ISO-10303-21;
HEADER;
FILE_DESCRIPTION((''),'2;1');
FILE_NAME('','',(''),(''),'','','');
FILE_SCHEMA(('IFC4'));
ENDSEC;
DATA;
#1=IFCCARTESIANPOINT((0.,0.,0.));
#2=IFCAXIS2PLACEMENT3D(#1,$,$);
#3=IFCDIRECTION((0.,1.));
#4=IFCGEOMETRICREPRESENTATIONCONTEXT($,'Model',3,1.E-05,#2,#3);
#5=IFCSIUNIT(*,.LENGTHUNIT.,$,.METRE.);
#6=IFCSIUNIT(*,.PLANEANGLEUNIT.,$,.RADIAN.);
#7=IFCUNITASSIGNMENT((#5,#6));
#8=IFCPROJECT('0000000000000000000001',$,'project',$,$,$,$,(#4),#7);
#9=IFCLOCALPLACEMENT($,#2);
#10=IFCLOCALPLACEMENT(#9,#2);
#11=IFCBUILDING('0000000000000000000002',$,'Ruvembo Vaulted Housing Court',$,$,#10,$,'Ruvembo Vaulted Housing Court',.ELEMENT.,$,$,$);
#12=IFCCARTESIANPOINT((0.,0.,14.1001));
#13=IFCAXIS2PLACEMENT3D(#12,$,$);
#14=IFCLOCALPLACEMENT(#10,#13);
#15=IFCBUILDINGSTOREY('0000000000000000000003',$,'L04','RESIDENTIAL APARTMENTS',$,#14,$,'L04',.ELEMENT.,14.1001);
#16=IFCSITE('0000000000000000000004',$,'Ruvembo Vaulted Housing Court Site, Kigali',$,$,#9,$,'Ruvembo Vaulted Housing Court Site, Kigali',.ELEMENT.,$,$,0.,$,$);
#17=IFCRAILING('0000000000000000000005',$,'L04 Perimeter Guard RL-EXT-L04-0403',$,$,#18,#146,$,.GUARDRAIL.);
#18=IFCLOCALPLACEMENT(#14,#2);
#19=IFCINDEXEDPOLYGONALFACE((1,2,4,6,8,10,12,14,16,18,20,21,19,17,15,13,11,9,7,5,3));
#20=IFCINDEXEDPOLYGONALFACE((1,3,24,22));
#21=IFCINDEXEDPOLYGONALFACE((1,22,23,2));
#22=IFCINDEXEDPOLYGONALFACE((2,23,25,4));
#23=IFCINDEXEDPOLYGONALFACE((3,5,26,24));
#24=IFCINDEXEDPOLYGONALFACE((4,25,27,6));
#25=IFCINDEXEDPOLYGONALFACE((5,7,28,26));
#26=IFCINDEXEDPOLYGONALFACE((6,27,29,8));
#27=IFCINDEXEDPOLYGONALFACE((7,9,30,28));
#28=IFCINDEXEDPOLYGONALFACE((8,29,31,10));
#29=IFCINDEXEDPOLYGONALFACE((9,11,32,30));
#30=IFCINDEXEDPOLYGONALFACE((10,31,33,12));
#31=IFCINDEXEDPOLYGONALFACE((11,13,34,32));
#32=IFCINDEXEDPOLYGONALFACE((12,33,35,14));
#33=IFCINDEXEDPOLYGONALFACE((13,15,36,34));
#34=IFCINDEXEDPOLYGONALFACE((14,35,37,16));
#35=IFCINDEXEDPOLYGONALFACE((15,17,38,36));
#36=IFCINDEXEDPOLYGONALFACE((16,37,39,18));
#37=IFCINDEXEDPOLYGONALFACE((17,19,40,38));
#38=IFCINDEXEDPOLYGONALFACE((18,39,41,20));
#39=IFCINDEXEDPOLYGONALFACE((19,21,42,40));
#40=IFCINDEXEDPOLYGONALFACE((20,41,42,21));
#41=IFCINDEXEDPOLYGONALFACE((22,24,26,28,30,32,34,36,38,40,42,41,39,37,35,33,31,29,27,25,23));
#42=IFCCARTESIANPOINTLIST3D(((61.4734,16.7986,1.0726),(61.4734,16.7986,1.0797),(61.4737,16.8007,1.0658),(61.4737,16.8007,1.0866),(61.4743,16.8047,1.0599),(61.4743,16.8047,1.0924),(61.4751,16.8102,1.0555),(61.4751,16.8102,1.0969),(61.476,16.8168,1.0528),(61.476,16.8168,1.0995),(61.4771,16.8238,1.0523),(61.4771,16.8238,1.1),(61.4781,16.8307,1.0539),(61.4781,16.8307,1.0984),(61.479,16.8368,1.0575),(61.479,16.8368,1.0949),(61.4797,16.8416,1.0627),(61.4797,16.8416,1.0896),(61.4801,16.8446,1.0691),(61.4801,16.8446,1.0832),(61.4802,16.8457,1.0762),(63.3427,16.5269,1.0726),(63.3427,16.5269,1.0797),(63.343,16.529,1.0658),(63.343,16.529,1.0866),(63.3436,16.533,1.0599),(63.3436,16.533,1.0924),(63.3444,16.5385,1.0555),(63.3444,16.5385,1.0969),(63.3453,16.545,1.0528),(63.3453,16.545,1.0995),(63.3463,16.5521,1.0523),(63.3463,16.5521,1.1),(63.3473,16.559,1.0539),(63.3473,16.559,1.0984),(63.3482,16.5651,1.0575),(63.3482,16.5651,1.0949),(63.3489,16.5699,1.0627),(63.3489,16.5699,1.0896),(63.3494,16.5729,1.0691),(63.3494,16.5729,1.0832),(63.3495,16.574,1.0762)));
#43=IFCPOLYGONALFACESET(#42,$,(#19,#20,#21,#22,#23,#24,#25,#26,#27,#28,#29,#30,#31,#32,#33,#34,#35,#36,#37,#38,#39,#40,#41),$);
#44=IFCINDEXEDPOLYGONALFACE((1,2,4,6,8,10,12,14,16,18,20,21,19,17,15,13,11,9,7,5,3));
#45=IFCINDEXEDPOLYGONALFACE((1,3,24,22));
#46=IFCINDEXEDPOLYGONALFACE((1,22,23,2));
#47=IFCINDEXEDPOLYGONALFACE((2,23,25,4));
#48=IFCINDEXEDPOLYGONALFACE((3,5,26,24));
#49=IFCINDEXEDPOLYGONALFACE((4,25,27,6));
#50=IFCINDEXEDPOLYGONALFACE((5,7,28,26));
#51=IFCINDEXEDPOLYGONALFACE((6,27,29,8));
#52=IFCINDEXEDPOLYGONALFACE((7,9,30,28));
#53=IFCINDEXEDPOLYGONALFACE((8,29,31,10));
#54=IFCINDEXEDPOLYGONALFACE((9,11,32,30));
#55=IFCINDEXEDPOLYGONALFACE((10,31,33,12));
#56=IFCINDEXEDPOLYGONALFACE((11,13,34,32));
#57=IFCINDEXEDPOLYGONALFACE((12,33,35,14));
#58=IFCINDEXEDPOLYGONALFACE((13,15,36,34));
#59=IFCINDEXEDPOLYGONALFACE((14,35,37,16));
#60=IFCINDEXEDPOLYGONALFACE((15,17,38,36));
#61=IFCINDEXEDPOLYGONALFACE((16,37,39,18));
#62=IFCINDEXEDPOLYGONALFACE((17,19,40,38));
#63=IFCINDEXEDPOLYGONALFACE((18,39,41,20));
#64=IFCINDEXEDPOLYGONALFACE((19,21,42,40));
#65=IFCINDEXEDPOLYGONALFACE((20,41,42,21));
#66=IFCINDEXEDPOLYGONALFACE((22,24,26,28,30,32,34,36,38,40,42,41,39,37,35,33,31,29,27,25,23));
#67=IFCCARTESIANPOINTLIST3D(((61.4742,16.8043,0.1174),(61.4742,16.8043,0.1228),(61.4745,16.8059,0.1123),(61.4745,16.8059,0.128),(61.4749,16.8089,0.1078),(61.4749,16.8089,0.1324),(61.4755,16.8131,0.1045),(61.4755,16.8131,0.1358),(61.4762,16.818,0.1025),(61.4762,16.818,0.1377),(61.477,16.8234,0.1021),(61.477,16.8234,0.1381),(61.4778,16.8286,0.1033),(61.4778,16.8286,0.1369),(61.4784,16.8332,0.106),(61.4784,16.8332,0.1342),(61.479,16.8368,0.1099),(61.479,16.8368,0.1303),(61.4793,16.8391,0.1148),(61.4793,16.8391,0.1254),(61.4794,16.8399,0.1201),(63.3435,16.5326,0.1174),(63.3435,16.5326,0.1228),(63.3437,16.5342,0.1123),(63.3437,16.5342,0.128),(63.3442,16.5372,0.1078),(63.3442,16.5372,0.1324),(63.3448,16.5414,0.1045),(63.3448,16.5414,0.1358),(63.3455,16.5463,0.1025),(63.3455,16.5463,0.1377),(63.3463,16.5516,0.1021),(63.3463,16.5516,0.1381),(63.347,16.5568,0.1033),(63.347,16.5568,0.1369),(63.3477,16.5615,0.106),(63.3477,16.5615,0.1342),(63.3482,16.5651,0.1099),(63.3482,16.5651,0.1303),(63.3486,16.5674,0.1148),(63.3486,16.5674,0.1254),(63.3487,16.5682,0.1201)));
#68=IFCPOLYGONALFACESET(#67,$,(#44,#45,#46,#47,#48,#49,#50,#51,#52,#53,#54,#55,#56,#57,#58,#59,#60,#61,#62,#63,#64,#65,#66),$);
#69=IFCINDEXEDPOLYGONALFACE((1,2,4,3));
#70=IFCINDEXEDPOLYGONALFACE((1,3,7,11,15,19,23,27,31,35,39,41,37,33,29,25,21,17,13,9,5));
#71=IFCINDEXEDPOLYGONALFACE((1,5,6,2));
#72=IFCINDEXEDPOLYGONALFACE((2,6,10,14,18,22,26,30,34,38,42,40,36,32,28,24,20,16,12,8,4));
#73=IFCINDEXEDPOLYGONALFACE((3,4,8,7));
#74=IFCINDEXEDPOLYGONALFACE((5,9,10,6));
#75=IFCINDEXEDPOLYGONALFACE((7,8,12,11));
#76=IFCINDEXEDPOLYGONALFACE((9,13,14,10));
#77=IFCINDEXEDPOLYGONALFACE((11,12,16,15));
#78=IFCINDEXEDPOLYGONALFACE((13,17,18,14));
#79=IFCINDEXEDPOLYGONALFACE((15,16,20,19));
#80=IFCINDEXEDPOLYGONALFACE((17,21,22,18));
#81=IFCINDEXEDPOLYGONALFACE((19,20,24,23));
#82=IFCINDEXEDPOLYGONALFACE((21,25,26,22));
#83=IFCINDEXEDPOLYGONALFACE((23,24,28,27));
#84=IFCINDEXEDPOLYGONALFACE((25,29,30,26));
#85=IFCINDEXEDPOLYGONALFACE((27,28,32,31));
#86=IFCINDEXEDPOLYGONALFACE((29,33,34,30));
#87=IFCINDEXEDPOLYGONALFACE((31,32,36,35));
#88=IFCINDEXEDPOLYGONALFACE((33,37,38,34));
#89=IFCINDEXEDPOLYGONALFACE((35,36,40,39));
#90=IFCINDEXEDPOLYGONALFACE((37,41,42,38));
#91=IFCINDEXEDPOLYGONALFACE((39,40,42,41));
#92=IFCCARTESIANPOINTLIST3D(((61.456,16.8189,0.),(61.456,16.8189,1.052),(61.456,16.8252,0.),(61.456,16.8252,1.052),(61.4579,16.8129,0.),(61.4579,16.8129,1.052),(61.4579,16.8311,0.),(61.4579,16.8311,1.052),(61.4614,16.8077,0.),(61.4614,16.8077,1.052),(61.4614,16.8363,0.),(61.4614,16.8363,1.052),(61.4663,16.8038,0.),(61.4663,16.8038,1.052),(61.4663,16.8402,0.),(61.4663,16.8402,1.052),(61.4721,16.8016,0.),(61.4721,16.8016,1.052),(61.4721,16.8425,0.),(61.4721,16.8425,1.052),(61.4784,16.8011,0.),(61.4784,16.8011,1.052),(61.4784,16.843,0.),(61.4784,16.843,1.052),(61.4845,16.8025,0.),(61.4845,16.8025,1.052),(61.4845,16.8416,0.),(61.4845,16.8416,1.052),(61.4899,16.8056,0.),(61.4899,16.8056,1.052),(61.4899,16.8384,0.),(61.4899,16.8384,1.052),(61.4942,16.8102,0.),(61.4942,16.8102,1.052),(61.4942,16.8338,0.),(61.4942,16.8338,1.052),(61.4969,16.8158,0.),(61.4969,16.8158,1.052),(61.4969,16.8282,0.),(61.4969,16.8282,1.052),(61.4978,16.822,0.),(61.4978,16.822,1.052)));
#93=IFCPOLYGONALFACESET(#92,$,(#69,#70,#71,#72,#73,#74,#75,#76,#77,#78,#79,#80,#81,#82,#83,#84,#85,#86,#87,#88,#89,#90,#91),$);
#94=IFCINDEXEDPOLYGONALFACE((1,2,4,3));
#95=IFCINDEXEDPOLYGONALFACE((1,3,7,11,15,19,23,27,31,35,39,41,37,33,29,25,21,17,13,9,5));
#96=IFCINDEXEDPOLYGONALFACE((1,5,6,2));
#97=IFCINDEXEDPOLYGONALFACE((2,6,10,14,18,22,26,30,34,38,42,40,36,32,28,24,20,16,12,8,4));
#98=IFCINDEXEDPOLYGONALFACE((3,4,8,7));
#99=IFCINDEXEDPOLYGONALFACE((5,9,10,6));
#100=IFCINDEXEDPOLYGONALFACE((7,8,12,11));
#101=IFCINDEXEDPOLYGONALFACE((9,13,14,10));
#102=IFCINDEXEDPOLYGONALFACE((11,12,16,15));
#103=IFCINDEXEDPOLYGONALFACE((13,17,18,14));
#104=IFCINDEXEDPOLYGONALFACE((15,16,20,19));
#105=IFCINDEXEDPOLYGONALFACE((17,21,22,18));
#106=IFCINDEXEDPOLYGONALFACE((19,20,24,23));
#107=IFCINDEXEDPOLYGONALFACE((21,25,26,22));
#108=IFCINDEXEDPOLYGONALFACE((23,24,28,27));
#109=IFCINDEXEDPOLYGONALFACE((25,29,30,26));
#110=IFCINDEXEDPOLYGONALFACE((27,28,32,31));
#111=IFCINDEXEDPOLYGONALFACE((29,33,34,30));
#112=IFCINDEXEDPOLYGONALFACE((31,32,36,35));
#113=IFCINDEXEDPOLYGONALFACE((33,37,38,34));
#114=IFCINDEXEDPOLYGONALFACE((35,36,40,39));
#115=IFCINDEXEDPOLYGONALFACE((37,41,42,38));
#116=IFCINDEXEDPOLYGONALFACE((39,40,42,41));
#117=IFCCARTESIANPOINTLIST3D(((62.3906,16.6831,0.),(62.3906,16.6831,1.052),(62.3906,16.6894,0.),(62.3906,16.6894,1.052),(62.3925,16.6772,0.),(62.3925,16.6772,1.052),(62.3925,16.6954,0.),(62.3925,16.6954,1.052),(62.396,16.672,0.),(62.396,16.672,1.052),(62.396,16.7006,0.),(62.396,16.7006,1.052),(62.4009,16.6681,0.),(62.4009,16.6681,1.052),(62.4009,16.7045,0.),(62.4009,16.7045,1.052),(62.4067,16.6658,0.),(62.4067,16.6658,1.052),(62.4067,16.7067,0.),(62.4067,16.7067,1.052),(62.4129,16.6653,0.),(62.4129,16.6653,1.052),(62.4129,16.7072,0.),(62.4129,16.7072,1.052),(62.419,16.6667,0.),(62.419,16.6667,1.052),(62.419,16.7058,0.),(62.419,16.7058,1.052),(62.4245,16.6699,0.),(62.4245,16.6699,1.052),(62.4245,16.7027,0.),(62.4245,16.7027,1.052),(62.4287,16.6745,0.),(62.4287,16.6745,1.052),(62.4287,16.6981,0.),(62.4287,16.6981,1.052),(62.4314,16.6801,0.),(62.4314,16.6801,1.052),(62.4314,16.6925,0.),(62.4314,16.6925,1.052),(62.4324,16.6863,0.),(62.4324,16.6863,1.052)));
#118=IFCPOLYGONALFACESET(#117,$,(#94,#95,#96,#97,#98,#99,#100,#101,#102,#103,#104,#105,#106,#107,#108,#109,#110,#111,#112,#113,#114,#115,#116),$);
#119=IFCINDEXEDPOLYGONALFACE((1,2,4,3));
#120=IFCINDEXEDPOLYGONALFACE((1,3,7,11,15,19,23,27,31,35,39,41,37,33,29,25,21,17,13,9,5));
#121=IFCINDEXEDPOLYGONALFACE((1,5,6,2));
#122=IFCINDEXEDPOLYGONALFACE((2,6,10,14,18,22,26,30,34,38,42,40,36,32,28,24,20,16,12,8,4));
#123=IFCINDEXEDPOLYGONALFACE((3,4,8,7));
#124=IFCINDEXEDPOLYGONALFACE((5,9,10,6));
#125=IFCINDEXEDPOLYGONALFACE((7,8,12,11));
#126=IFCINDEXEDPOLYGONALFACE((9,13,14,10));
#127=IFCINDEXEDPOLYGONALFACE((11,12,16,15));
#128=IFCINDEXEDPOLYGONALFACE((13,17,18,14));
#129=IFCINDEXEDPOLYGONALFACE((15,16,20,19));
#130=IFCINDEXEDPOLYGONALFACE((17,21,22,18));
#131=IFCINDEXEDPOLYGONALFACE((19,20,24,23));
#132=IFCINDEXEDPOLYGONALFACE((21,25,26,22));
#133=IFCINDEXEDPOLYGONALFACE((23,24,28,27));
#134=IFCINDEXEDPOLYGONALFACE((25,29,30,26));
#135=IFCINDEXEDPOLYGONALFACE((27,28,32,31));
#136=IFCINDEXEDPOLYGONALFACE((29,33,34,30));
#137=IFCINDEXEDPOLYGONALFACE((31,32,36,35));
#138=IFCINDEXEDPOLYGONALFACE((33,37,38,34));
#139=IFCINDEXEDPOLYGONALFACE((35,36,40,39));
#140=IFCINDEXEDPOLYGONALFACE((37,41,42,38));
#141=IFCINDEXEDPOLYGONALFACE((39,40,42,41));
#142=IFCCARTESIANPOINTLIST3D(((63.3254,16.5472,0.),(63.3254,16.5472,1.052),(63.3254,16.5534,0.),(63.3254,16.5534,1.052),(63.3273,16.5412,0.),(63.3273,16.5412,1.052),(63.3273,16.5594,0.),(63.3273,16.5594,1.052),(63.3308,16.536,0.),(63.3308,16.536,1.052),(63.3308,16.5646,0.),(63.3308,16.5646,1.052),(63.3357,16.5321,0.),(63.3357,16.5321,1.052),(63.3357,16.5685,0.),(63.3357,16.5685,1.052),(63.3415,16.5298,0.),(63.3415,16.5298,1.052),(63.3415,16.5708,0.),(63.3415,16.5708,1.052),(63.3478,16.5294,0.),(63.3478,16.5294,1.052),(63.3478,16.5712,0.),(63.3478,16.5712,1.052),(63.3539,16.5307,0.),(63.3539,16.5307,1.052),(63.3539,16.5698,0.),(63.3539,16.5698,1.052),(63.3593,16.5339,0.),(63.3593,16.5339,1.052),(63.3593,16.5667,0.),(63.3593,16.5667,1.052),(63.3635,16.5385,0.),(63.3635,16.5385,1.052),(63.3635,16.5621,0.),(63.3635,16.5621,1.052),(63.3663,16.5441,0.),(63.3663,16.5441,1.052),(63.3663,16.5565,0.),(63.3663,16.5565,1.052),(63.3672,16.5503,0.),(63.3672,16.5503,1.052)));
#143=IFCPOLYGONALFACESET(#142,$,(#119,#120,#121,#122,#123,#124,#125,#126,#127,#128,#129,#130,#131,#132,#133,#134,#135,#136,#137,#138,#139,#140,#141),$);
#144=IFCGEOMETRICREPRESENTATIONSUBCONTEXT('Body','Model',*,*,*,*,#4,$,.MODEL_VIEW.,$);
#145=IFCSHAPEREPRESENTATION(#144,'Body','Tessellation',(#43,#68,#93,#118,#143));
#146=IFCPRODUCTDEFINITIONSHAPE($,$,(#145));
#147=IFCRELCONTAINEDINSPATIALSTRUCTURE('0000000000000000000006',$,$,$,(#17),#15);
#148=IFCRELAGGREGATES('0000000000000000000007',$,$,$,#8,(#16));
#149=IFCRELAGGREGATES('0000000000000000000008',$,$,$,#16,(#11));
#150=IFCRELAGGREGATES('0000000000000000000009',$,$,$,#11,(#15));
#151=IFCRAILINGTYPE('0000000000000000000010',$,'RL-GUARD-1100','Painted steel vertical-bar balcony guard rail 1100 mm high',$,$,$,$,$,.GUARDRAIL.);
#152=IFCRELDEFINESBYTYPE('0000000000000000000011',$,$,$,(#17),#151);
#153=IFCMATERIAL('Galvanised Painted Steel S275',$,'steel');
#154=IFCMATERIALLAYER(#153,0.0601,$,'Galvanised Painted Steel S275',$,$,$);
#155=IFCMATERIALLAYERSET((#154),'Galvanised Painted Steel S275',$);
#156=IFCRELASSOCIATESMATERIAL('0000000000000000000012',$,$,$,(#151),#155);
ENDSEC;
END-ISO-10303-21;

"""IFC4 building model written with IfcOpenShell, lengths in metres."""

from ifc_helpers import new_model, si_unit, direction, frame, origin, origin_2d, place, context, subcontext, project, spatial, circle, extrude, material, layer, layer_set, type_object, element, save


model = new_model("IFC4")

# Units and contexts
model_context = context("Model", 3, precision=1e-05, world=origin(), true_north=direction((0.0, 1.0)))
body_context = subcontext(model_context, "Body", "Model", "MODEL_VIEW")
ifc_project = project(units=[si_unit("LENGTHUNIT", "METRE"), si_unit("PLANEANGLEUNIT", "RADIAN")], contexts=[model_context])

# Site, building, storey
site_placement = place(None, origin())
site = spatial("IfcSite", under=ifc_project, at=site_placement, Name="Ruvembo Vaulted Housing Court Site, Kigali", LongName="Ruvembo Vaulted Housing Court Site, Kigali", CompositionType="ELEMENT", RefElevation=0.0)
building_placement = place(site_placement, origin())
building = spatial("IfcBuilding", under=site, at=building_placement, Name="Ruvembo Vaulted Housing Court", LongName="Ruvembo Vaulted Housing Court", CompositionType="ELEMENT")
storey_placement = place(building_placement, frame((0.0, 0.0, 14.1001)))
storey = spatial("IfcBuildingStorey", under=building, at=storey_placement, Name="L04", Description="RESIDENTIAL APARTMENTS", LongName="L04", CompositionType="ELEMENT", Elevation=14.1001)

# Railing
ifc_material_1 = material(Name="Galvanised Painted Steel S275", Category="steel")
ifc_layer = layer(ifc_material_1, 0.0601, Name="Galvanised Painted Steel S275")
ifc_layer_set = layer_set([ifc_layer], Name="Galvanised Painted Steel S275")
railing_type = type_object("IfcRailingType", Name="RL-GUARD-1100", Description="Painted steel vertical-bar balcony guard rail 1100 mm high", PredefinedType="GUARDRAIL", material=ifc_layer_set)
railing_1_placement = place(storey_placement, frame((61.4768, 16.822, 0.0)))
element("IfcRailing", 1, at=railing_1_placement, inside=storey, type_object=railing_type, Name="L04 Perimeter Guard RL-EXT-L04-0403", PredefinedType="GUARDRAIL", context=body_context, shape_type="SweptSolid", body=[
    extrude(circle(Radius=0.0239, at=origin_2d()), frame((0.0, 0.0, 1.0762), z_axis=(0.9896, -0.143845, 0.0), x_axis=(0.143845, 0.9896, 0.0)), (0.0, 0.0, 1.0), 1.8889),
    extrude(circle(Radius=0.0181, at=origin_2d()), frame((0.0, 0.0, 0.1201), z_axis=(0.9896, -0.143845, 0.0), x_axis=(0.143845, 0.9896, 0.0)), (0.0, 0.0, 1.0), 1.8889),
    extrude(circle(Radius=0.021, at=origin_2d()), origin(), (0.0, 0.0, 1.0), 1.052),
    extrude(circle(Radius=0.021, at=origin_2d()), frame((0.9346, -0.1357, 0.0)), (0.0, 0.0, 1.0), 1.052),
    extrude(circle(Radius=0.021, at=origin_2d()), frame((1.8694, -0.2717, 0.0)), (0.0, 0.0, 1.0), 1.052),
])

save(model, "model.ifc")
